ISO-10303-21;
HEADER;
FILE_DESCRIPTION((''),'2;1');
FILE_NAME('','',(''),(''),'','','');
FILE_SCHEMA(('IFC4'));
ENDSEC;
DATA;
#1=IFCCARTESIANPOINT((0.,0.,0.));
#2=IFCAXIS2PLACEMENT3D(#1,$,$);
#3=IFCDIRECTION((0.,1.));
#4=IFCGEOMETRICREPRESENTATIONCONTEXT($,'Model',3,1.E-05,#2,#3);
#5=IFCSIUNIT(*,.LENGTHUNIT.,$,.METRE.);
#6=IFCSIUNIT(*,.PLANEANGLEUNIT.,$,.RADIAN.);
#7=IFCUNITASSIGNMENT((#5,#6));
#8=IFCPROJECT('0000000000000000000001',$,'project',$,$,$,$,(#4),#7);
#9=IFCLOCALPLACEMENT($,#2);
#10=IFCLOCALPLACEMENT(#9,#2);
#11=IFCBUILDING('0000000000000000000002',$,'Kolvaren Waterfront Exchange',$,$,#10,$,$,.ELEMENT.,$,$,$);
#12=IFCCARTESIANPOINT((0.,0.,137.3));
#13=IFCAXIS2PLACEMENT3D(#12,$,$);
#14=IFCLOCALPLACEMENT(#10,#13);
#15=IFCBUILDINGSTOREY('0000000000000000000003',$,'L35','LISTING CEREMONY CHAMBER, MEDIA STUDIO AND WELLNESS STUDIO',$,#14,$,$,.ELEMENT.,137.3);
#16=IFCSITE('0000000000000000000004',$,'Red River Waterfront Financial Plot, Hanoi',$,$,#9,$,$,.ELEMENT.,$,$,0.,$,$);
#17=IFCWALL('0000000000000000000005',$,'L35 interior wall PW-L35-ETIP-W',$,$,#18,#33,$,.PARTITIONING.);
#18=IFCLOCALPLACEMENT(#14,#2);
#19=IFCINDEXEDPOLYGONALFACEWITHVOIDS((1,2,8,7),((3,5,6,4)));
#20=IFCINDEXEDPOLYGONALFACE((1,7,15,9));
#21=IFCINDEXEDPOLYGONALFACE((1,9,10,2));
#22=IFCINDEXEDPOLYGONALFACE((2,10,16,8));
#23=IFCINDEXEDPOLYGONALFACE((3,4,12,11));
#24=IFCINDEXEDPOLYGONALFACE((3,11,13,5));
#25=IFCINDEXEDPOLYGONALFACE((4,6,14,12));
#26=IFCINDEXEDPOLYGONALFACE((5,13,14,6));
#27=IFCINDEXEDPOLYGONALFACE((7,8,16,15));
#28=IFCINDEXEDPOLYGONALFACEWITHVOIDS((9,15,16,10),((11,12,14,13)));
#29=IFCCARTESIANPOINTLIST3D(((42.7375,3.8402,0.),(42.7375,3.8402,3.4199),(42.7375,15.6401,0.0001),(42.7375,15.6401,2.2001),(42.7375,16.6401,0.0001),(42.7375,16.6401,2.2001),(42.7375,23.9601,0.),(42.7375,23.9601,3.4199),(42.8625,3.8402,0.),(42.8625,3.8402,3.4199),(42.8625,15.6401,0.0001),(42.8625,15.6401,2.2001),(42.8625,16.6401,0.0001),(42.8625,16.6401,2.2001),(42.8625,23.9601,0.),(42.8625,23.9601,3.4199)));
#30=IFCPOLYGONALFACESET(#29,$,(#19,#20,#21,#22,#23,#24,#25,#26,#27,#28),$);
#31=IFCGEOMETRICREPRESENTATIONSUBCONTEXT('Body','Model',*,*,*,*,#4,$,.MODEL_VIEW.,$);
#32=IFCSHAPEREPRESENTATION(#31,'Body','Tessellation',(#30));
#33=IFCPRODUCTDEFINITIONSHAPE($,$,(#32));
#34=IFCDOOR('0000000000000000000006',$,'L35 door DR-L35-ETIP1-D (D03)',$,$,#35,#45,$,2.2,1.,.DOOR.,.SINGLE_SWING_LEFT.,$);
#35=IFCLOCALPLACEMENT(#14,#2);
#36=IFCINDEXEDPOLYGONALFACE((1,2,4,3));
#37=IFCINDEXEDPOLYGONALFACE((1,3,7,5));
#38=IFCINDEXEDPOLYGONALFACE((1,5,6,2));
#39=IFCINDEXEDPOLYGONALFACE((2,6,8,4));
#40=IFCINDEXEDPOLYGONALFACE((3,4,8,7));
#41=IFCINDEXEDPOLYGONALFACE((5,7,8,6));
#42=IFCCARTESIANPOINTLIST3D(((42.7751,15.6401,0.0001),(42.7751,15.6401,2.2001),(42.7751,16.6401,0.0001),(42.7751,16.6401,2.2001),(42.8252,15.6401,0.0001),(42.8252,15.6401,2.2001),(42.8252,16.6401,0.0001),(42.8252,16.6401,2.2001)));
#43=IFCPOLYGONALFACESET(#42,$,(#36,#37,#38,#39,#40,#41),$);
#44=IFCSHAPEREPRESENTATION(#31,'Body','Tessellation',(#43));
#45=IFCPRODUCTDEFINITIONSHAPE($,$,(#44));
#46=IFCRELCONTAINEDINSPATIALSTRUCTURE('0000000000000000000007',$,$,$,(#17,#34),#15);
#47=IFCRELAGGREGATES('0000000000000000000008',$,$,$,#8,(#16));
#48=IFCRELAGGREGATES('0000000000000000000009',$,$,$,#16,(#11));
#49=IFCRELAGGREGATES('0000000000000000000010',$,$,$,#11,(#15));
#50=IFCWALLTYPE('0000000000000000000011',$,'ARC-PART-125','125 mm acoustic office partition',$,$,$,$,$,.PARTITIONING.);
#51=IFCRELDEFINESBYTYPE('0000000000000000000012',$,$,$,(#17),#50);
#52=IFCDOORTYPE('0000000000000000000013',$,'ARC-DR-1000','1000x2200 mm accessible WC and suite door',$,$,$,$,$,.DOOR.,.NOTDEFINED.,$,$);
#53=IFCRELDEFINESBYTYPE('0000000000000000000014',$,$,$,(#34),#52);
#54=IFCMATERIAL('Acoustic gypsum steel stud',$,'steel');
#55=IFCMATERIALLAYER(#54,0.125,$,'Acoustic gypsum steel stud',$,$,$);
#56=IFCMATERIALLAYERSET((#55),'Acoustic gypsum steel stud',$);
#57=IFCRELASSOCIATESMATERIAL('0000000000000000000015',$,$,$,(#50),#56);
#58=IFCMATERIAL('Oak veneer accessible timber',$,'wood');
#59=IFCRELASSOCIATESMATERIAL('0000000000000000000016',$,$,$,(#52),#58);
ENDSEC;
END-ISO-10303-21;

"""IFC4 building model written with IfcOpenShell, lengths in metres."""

from ifc_helpers import new_model, si_unit, direction, frame, frame_2d, origin, place, context, subcontext, project, spatial, rectangle, extrude, material, layer, layer_set, type_object, element, fill, save


model = new_model("IFC4")

# Units and contexts
model_context = context("Model", 3, precision=1e-05, world=origin(), true_north=direction((0.0, 1.0)))
body_context = subcontext(model_context, "Body", "Model", "MODEL_VIEW")
ifc_project = project(units=[si_unit("LENGTHUNIT", "METRE"), si_unit("PLANEANGLEUNIT", "RADIAN")], contexts=[model_context])

# Site, building, storey
site_placement = place(None, origin())
site = spatial("IfcSite", under=ifc_project, at=site_placement, Name="Red River Waterfront Financial Plot, Hanoi", CompositionType="ELEMENT", RefElevation=0.0)
building_placement = place(site_placement, origin())
building = spatial("IfcBuilding", under=site, at=building_placement, Name="Kolvaren Waterfront Exchange", CompositionType="ELEMENT")
storey_placement = place(building_placement, frame((0.0, 0.0, 137.3)))
storey = spatial("IfcBuildingStorey", under=building, at=storey_placement, Name="L35", Description="LISTING CEREMONY CHAMBER, MEDIA STUDIO AND WELLNESS STUDIO", CompositionType="ELEMENT", Elevation=137.3)

# Wall, opening, door
ifc_material_1 = material(Name="Acoustic gypsum steel stud", Category="steel")
ifc_layer_1 = layer(ifc_material_1, 0.125, Name="Acoustic gypsum steel stud")
ifc_layer_set_1 = layer_set([ifc_layer_1], Name="Acoustic gypsum steel stud")
wall_type_1 = type_object("IfcWallType", Name="ARC-PART-125", Description="125 mm acoustic office partition", PredefinedType="PARTITIONING", material=ifc_layer_set_1)
wall_1_placement = place(storey_placement, frame((42.8, 3.8401, 0.0), z_axis=(0.0, 0.0, 1.0), x_axis=(0.0, 1.0, 0.0)))
wall_1 = element("IfcWall", 1, at=wall_1_placement, inside=storey, type_object=wall_type_1, Name="L35 interior wall PW-L35-ETIP-W", PredefinedType="PARTITIONING", context=body_context, shape_type="SweptSolid", body=[
    extrude(rectangle(XDim=20.1199, YDim=0.125, at=frame_2d((10.0601, 0.0))), origin(), (0.0, 0.0, 1.0), 3.4199),
])
opening_placement = place(wall_1_placement, frame((11.8, 0.0, 0.0)))
opening = element("IfcOpeningElement", 2, at=opening_placement, cuts=wall_1, PredefinedType="OPENING", context=body_context, shape_type="SweptSolid", body=[
    extrude(rectangle(XDim=1.0, YDim=2.2, at=frame_2d((0.5, 1.1001))), frame((0.0, 0.0725, 0.0), z_axis=(0.0, -1.0, 0.0), x_axis=(1.0, 0.0, 0.0)), (0.0, 0.0, 1.0), 0.145),
])
ifc_material_2 = material(Name="Oak veneer accessible timber", Category="wood")
door_type = type_object("IfcDoorType", Name="ARC-DR-1000", Description="1000x2200 mm accessible WC and suite door", OperationType="NOTDEFINED", PredefinedType="DOOR", material=ifc_material_2)
door_placement = place(opening_placement, origin())
door = element("IfcDoor", 3, at=door_placement, inside=storey, type_object=door_type, Name="L35 door DR-L35-ETIP1-D (D03)", OperationType="SINGLE_SWING_LEFT", OverallHeight=2.2, OverallWidth=1.0, PredefinedType="DOOR", context=body_context, shape_type="SweptSolid", body=[
    extrude(rectangle(XDim=1.0, YDim=2.2, at=frame_2d((0.5, 1.1001))), frame((0.0, 0.0249, 0.0), z_axis=(0.0, -1.0, 0.0), x_axis=(1.0, 0.0, 0.0)), (0.0, 0.0, 1.0), 0.05),
])
fill(opening, door)

save(model, "model.ifc")
